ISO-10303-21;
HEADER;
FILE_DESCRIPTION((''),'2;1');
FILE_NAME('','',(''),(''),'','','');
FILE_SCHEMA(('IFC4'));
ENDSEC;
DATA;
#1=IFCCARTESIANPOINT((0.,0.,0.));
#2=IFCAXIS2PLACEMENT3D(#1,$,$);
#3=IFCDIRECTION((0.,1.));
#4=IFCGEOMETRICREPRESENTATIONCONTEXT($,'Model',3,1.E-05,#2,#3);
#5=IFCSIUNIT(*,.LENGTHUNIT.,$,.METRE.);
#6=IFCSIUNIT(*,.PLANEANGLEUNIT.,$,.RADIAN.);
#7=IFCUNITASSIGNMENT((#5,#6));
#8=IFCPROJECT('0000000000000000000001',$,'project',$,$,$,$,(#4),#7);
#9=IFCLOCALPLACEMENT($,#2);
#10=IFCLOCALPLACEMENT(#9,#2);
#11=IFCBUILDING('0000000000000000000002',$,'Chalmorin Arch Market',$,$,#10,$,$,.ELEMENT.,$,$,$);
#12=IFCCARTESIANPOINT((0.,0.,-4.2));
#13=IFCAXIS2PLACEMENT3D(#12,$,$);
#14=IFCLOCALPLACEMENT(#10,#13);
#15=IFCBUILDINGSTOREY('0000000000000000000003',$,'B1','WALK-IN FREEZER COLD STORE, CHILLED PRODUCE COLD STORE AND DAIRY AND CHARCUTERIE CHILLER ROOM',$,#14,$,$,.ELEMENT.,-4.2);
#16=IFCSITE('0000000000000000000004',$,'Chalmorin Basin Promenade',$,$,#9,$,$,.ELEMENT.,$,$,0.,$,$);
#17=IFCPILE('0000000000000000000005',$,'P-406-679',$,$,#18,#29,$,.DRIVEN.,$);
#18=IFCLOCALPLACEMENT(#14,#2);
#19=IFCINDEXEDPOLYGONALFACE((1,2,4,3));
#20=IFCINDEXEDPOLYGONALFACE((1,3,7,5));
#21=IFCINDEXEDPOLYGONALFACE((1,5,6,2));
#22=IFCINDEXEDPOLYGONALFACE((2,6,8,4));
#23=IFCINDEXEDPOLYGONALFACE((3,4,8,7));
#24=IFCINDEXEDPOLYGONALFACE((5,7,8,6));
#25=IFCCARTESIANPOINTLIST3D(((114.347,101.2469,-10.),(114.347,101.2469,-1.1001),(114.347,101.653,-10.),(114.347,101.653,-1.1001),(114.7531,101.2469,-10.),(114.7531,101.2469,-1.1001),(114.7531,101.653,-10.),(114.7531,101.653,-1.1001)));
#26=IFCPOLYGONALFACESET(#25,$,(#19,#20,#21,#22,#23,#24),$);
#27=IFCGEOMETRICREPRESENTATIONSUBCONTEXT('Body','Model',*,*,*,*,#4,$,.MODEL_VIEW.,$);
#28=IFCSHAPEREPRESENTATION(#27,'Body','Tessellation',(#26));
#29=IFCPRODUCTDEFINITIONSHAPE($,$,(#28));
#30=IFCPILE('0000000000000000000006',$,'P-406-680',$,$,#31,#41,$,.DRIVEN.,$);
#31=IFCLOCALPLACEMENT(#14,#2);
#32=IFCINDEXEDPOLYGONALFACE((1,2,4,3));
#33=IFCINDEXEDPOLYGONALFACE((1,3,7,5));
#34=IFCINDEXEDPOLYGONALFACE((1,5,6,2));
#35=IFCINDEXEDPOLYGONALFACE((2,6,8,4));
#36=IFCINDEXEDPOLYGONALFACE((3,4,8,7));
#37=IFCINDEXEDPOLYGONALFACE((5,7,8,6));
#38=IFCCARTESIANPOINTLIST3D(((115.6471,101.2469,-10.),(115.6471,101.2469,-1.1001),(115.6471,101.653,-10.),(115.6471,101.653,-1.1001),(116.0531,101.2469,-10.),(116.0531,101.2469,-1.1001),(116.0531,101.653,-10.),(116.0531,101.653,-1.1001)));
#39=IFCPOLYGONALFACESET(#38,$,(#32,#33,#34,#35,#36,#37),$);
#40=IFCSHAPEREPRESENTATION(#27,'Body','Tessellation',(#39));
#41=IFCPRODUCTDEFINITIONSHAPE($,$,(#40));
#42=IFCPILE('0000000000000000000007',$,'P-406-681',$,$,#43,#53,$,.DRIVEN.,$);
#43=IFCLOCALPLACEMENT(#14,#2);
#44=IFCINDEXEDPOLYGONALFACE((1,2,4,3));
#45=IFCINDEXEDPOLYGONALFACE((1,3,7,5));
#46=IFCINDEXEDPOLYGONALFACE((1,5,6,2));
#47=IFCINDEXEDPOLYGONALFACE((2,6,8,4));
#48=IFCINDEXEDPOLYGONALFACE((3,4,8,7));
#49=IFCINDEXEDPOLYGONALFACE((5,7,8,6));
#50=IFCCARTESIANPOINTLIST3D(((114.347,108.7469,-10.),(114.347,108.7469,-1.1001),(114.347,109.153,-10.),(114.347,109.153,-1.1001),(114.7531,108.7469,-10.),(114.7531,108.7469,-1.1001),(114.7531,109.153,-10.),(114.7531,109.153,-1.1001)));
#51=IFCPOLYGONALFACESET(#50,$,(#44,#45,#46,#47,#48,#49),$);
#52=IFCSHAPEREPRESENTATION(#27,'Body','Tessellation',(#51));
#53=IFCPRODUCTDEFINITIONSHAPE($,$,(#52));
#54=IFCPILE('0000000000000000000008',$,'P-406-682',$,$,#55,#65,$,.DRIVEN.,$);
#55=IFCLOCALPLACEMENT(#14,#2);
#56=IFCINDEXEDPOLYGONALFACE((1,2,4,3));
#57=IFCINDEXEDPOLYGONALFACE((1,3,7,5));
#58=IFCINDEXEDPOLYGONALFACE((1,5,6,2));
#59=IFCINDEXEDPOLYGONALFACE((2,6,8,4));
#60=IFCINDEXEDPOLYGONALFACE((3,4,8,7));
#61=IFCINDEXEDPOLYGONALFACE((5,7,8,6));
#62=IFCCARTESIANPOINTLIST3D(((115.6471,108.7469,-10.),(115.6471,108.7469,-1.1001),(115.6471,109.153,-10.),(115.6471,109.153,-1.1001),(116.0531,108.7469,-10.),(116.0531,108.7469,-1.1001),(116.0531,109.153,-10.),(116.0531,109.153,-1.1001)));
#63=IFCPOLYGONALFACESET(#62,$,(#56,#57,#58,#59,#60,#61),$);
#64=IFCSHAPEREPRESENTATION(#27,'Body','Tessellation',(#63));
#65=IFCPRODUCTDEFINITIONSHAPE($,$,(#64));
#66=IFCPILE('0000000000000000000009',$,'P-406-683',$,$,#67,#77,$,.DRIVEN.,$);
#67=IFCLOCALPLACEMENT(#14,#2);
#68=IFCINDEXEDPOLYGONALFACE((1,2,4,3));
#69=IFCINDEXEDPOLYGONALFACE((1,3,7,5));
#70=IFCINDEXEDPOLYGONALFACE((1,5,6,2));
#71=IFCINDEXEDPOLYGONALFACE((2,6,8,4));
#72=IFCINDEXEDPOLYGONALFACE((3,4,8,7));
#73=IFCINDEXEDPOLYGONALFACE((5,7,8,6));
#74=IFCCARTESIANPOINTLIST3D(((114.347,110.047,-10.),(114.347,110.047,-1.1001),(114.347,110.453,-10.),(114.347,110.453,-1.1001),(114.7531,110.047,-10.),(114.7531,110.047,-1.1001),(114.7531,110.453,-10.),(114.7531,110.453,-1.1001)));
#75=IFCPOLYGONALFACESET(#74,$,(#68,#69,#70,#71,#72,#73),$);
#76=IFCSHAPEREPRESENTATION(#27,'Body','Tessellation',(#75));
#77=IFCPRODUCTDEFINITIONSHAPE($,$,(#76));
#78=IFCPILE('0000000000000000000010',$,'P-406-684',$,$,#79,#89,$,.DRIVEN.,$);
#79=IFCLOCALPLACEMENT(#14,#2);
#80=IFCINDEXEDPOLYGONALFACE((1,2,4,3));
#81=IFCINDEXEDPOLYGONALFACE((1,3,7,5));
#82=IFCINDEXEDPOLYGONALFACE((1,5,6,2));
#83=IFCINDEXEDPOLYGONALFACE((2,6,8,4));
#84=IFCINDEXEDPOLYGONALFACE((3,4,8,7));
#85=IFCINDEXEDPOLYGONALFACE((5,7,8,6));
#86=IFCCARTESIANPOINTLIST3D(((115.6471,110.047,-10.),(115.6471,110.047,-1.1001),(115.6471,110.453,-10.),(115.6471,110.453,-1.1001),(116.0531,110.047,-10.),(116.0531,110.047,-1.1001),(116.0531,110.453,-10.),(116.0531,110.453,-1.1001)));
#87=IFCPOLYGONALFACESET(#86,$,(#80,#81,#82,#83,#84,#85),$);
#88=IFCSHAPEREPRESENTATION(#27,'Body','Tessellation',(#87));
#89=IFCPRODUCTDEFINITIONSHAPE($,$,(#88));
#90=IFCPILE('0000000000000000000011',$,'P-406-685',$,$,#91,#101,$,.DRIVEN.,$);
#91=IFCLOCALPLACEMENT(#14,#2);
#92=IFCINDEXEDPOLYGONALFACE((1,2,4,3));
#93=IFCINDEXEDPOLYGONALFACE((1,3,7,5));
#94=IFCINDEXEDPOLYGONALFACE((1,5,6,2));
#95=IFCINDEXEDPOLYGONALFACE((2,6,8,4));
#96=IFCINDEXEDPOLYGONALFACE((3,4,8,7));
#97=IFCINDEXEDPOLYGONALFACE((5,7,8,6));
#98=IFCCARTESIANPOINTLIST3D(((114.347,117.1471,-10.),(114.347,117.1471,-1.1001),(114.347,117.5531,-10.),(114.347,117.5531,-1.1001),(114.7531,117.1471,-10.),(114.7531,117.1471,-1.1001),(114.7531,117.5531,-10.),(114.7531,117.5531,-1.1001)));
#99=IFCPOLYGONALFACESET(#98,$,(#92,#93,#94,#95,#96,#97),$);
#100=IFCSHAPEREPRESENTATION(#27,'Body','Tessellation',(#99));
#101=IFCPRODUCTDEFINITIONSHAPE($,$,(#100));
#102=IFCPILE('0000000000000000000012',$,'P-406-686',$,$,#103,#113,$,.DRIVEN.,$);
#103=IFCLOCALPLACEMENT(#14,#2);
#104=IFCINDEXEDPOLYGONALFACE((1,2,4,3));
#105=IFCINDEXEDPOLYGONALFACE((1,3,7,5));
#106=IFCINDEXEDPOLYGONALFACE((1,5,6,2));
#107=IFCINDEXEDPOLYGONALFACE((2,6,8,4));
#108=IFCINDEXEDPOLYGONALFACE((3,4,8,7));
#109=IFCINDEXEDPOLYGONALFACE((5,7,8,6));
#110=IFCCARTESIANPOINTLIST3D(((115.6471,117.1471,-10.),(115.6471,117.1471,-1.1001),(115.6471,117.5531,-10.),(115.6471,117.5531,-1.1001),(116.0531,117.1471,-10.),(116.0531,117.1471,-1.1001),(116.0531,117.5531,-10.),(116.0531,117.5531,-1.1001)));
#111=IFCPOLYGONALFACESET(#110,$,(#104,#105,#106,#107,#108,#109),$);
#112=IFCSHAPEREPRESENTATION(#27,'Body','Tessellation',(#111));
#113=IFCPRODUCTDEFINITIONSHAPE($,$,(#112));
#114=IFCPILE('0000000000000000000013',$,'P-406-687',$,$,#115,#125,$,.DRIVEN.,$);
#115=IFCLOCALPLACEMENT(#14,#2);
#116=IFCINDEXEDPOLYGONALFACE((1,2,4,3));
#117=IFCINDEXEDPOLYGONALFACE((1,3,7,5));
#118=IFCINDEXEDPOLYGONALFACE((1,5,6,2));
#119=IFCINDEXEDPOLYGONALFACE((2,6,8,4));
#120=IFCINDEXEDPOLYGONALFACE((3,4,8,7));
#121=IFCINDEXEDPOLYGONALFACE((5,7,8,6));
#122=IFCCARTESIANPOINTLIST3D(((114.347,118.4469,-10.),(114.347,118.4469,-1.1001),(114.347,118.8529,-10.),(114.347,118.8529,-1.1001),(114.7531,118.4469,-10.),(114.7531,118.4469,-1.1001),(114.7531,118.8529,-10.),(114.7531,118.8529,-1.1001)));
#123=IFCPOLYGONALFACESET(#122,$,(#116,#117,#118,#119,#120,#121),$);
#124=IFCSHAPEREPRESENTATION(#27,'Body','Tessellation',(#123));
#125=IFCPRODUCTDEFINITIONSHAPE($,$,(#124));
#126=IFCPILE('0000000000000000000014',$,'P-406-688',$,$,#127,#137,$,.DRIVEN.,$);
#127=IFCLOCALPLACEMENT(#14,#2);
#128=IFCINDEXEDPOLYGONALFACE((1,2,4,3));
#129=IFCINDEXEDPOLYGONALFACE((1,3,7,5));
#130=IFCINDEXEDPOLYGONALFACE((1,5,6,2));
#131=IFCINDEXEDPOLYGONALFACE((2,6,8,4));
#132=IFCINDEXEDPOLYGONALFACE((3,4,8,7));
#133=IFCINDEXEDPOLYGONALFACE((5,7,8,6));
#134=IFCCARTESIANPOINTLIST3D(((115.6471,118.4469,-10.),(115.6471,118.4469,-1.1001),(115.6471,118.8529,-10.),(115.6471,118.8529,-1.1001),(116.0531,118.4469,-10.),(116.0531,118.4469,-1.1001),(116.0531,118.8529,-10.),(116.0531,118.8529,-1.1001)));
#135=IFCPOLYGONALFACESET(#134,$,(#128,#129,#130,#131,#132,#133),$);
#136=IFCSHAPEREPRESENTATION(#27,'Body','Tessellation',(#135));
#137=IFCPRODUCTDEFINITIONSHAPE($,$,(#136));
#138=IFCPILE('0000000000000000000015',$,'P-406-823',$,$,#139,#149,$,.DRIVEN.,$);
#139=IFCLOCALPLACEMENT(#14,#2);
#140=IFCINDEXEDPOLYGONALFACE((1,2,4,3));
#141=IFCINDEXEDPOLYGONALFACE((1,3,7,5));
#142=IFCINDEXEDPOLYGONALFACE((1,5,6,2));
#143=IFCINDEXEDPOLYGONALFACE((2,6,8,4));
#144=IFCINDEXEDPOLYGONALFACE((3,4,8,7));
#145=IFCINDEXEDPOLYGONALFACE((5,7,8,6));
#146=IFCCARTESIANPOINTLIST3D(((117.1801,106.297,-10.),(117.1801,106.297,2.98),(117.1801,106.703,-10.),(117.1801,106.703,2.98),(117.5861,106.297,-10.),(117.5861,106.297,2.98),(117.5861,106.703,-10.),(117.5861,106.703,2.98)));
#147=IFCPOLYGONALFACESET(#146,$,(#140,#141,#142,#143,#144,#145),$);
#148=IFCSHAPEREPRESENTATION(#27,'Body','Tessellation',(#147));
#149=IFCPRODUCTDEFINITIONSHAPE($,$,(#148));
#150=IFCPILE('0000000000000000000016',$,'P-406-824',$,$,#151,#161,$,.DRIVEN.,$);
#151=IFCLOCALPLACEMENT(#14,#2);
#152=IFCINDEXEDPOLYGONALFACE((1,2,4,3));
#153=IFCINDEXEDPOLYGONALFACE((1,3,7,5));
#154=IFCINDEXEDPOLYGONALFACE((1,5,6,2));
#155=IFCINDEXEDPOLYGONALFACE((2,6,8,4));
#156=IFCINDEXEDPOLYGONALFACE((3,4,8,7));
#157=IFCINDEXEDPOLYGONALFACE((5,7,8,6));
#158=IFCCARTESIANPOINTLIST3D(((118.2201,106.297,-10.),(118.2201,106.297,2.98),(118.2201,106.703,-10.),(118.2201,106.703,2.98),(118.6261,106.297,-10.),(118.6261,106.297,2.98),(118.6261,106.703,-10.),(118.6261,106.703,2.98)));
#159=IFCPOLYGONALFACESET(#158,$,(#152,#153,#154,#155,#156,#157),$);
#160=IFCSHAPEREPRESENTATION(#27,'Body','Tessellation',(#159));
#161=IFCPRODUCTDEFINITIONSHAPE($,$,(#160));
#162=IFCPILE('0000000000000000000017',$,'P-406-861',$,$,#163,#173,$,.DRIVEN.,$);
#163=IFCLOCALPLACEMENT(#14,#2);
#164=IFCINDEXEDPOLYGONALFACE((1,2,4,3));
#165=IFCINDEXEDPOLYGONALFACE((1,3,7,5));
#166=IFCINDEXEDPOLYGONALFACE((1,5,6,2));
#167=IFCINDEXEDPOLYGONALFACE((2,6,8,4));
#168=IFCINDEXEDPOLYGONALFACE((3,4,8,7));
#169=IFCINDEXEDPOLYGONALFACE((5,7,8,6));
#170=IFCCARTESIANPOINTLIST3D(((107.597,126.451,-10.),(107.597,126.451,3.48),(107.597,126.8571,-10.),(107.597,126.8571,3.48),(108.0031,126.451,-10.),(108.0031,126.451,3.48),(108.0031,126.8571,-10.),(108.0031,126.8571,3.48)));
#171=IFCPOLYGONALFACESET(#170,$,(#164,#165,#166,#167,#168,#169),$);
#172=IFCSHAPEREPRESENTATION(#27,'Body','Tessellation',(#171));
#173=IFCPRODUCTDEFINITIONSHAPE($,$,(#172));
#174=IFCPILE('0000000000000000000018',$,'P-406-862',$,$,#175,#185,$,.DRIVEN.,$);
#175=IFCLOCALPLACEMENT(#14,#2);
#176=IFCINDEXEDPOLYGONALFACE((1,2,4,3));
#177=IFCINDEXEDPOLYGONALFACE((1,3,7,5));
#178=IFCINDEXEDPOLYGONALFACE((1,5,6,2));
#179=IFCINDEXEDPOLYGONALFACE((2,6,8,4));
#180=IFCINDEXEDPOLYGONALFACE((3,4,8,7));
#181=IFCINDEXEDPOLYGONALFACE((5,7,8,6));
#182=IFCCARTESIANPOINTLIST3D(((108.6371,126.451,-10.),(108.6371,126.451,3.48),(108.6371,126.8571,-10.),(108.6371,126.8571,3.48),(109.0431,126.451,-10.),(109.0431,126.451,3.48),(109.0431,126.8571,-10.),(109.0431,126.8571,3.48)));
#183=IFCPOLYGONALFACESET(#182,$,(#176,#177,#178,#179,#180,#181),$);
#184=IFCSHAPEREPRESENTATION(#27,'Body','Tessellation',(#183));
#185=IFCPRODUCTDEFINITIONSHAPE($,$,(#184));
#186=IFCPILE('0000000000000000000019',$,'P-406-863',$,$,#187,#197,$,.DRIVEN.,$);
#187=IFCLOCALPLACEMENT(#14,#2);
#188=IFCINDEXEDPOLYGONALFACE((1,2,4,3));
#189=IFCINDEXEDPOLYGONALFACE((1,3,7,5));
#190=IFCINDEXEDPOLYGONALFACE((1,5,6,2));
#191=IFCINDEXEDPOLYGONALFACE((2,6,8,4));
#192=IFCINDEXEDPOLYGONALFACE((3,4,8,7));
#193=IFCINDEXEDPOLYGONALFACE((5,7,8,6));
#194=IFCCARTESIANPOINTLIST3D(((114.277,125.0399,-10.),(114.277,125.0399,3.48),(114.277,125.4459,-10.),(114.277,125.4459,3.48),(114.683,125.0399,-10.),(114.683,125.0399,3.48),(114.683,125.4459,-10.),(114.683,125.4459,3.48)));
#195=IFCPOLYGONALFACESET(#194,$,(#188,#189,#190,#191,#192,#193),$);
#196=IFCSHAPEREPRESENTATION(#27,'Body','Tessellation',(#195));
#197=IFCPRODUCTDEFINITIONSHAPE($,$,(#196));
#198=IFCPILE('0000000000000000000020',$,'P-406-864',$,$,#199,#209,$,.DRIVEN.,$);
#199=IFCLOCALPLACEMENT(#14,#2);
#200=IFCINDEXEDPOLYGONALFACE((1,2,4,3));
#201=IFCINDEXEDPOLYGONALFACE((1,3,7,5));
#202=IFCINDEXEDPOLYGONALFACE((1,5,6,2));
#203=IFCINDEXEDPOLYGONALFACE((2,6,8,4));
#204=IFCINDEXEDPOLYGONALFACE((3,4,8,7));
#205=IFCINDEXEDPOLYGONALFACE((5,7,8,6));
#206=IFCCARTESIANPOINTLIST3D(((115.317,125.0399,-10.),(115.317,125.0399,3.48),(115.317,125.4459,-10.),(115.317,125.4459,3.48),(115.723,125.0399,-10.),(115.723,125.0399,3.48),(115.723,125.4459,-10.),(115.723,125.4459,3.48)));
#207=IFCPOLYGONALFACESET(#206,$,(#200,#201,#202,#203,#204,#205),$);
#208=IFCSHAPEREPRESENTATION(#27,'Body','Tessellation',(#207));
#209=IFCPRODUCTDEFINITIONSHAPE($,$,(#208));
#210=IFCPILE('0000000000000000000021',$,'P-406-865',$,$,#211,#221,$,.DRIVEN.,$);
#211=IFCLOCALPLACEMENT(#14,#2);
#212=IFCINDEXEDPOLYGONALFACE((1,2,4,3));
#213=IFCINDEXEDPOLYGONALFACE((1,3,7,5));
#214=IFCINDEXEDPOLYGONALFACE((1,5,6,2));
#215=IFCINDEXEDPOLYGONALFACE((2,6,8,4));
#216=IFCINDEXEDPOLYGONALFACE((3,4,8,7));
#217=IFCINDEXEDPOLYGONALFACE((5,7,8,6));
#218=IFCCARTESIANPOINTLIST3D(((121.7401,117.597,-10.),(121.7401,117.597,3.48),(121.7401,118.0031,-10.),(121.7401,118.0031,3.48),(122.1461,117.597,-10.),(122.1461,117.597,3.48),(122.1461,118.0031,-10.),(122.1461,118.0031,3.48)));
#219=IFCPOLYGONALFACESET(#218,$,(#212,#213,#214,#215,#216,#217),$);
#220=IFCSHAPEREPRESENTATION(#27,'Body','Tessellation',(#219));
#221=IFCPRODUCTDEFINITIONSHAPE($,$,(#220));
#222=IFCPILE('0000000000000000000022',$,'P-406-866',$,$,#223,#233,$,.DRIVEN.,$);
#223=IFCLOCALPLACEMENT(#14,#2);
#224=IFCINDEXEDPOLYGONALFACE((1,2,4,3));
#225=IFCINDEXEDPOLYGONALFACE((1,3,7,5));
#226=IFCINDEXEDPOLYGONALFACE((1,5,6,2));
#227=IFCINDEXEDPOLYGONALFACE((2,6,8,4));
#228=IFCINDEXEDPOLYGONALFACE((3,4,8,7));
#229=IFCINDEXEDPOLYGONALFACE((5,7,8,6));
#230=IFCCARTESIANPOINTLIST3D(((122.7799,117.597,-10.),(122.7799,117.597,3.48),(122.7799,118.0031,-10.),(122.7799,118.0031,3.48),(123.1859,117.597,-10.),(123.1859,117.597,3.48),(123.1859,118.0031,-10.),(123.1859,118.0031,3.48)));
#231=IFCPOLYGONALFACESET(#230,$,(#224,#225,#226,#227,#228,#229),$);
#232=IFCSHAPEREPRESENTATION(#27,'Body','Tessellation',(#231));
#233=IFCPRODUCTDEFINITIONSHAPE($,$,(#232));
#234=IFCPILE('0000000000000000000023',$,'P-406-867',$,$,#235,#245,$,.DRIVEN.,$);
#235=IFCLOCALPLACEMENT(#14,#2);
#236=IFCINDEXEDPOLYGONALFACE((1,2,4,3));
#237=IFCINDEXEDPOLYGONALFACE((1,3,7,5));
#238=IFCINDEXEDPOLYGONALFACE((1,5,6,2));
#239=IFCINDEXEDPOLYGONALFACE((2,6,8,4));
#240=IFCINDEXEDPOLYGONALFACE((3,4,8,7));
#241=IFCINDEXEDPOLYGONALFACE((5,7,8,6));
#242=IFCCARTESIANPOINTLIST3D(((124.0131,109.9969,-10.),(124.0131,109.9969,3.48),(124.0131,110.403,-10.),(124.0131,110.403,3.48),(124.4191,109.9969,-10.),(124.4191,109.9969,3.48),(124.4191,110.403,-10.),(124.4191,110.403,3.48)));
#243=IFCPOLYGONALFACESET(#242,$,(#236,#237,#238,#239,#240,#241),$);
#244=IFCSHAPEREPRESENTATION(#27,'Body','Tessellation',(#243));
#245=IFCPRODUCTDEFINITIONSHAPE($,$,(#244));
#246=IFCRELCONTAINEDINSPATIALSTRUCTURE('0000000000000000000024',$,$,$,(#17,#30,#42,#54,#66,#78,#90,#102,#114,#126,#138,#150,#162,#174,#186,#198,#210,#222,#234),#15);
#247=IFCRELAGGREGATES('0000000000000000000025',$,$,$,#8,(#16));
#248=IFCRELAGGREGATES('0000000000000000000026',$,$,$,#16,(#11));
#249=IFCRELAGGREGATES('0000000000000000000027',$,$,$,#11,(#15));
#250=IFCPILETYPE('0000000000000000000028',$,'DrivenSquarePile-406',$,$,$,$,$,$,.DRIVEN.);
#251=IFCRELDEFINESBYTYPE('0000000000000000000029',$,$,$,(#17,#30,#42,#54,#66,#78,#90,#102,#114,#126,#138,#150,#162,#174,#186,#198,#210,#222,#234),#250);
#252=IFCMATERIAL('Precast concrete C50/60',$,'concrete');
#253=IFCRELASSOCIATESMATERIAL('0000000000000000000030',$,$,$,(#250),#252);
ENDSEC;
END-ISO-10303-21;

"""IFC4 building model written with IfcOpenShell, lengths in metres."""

from ifc_helpers import new_model, si_unit, direction, frame, origin, origin_2d, place, context, subcontext, project, spatial, rectangle, extrude, material, material_profile, profile_set, type_object, element, save


model = new_model("IFC4")

# Units and contexts
model_context = context("Model", 3, precision=1e-05, world=origin(), true_north=direction((0.0, 1.0)))
body_context = subcontext(model_context, "Body", "Model", "MODEL_VIEW")
ifc_project = project(units=[si_unit("LENGTHUNIT", "METRE"), si_unit("PLANEANGLEUNIT", "RADIAN")], contexts=[model_context])

# Site, building, storey
site_placement = place(None, origin())
site = spatial("IfcSite", under=ifc_project, at=site_placement, Name="Chalmorin Basin Promenade", CompositionType="ELEMENT", RefElevation=0.0)
building_placement = place(site_placement, origin())
building = spatial("IfcBuilding", under=site, at=building_placement, Name="Chalmorin Arch Market", CompositionType="ELEMENT")
storey_placement = place(building_placement, frame((0.0, 0.0, -4.2)))
storey = spatial("IfcBuildingStorey", under=building, at=storey_placement, Name="B1", Description="WALK-IN FREEZER COLD STORE, CHILLED PRODUCE COLD STORE AND DAIRY AND CHARCUTERIE CHILLER ROOM", CompositionType="ELEMENT", Elevation=-4.2)

# Piles
ifc_material_1 = material(Name="Precast concrete C50/60", Category="concrete")
ifc_material_profile_1 = material_profile(ifc_material_1, rectangle(XDim=0.406, YDim=0.406, at=origin_2d()), Name="PPC406")
ifc_profile_set_1 = profile_set([ifc_material_profile_1], Name="Precast concrete C50/60")
pile_type = type_object("IfcPileType", Name="DrivenSquarePile-406", PredefinedType="DRIVEN", material=ifc_profile_set_1)
for number, where, z_axis, x_axis, name in (
    (1, (114.55, 101.45, -1.1001), (0.0, 0.0, -1.0), (1.0, 0.0, 0.0), "P-406-679"),
    (2, (115.8501, 101.45, -1.1001), (0.0, 0.0, -1.0), (1.0, 0.0, 0.0), "P-406-680"),
    (3, (114.55, 108.95, -1.1001), (0.0, 0.0, -1.0), (1.0, 0.0, 0.0), "P-406-681"),
    (4, (115.8501, 108.95, -1.1001), (0.0, 0.0, -1.0), (1.0, 0.0, 0.0), "P-406-682"),
    (5, (114.55, 110.25, -1.1001), (0.0, 0.0, -1.0), (1.0, 0.0, 0.0), "P-406-683"),
    (6, (115.8501, 110.25, -1.1001), (0.0, 0.0, -1.0), (1.0, 0.0, 0.0), "P-406-684"),
    (7, (114.55, 117.3501, -1.1001), (0.0, 0.0, -1.0), (1.0, 0.0, 0.0), "P-406-685"),
    (8, (115.8501, 117.3501, -1.1001), (0.0, 0.0, -1.0), (1.0, 0.0, 0.0), "P-406-686"),
    (9, (114.55, 118.6499, -1.1001), (0.0, 0.0, -1.0), (1.0, 0.0, 0.0), "P-406-687"),
    (10, (115.8501, 118.6499, -1.1001), (0.0, 0.0, -1.0), (1.0, 0.0, 0.0), "P-406-688"),
):
    element("IfcPile", number, at=place(storey_placement, frame(where, z_axis=z_axis, x_axis=x_axis)), inside=storey, type_object=pile_type, Name=name, PredefinedType="DRIVEN", context=body_context, shape_type="SweptSolid", body=[
        extrude(rectangle(XDim=0.406, YDim=0.406, at=origin_2d()), origin(), (0.0, 0.0, 1.0), 8.8999),
    ])
for number, where, z_axis, x_axis, name in (
    (11, (117.3831, 106.5, 2.98), (0.0, 0.0, -1.0), (1.0, 0.0, 0.0), "P-406-823"),
    (12, (118.4231, 106.5, 2.98), (0.0, 0.0, -1.0), (1.0, 0.0, 0.0), "P-406-824"),
):
    element("IfcPile", number, at=place(storey_placement, frame(where, z_axis=z_axis, x_axis=x_axis)), inside=storey, type_object=pile_type, Name=name, PredefinedType="DRIVEN", context=body_context, shape_type="SweptSolid", body=[
        extrude(rectangle(XDim=0.406, YDim=0.406, at=origin_2d()), origin(), (0.0, 0.0, 1.0), 12.98),
    ])
for number, where, z_axis, x_axis, name in (
    (13, (107.8, 126.6541, 3.48), (0.0, 0.0, -1.0), (1.0, 0.0, 0.0), "P-406-861"),
    (14, (108.8401, 126.6541, 3.48), (0.0, 0.0, -1.0), (1.0, 0.0, 0.0), "P-406-862"),
    (15, (114.48, 125.2429, 3.48), (0.0, 0.0, -1.0), (1.0, 0.0, 0.0), "P-406-863"),
    (16, (115.52, 125.2429, 3.48), (0.0, 0.0, -1.0), (1.0, 0.0, 0.0), "P-406-864"),
    (17, (121.9431, 117.8, 3.48), (0.0, 0.0, -1.0), (1.0, 0.0, 0.0), "P-406-865"),
    (18, (122.9829, 117.8, 3.48), (0.0, 0.0, -1.0), (1.0, 0.0, 0.0), "P-406-866"),
    (19, (124.2161, 110.2, 3.48), (0.0, 0.0, -1.0), (1.0, 0.0, 0.0), "P-406-867"),
):
    element("IfcPile", number, at=place(storey_placement, frame(where, z_axis=z_axis, x_axis=x_axis)), inside=storey, type_object=pile_type, Name=name, PredefinedType="DRIVEN", context=body_context, shape_type="SweptSolid", body=[
        extrude(rectangle(XDim=0.406, YDim=0.406, at=origin_2d()), origin(), (0.0, 0.0, 1.0), 13.48),
    ])

save(model, "model.ifc")
